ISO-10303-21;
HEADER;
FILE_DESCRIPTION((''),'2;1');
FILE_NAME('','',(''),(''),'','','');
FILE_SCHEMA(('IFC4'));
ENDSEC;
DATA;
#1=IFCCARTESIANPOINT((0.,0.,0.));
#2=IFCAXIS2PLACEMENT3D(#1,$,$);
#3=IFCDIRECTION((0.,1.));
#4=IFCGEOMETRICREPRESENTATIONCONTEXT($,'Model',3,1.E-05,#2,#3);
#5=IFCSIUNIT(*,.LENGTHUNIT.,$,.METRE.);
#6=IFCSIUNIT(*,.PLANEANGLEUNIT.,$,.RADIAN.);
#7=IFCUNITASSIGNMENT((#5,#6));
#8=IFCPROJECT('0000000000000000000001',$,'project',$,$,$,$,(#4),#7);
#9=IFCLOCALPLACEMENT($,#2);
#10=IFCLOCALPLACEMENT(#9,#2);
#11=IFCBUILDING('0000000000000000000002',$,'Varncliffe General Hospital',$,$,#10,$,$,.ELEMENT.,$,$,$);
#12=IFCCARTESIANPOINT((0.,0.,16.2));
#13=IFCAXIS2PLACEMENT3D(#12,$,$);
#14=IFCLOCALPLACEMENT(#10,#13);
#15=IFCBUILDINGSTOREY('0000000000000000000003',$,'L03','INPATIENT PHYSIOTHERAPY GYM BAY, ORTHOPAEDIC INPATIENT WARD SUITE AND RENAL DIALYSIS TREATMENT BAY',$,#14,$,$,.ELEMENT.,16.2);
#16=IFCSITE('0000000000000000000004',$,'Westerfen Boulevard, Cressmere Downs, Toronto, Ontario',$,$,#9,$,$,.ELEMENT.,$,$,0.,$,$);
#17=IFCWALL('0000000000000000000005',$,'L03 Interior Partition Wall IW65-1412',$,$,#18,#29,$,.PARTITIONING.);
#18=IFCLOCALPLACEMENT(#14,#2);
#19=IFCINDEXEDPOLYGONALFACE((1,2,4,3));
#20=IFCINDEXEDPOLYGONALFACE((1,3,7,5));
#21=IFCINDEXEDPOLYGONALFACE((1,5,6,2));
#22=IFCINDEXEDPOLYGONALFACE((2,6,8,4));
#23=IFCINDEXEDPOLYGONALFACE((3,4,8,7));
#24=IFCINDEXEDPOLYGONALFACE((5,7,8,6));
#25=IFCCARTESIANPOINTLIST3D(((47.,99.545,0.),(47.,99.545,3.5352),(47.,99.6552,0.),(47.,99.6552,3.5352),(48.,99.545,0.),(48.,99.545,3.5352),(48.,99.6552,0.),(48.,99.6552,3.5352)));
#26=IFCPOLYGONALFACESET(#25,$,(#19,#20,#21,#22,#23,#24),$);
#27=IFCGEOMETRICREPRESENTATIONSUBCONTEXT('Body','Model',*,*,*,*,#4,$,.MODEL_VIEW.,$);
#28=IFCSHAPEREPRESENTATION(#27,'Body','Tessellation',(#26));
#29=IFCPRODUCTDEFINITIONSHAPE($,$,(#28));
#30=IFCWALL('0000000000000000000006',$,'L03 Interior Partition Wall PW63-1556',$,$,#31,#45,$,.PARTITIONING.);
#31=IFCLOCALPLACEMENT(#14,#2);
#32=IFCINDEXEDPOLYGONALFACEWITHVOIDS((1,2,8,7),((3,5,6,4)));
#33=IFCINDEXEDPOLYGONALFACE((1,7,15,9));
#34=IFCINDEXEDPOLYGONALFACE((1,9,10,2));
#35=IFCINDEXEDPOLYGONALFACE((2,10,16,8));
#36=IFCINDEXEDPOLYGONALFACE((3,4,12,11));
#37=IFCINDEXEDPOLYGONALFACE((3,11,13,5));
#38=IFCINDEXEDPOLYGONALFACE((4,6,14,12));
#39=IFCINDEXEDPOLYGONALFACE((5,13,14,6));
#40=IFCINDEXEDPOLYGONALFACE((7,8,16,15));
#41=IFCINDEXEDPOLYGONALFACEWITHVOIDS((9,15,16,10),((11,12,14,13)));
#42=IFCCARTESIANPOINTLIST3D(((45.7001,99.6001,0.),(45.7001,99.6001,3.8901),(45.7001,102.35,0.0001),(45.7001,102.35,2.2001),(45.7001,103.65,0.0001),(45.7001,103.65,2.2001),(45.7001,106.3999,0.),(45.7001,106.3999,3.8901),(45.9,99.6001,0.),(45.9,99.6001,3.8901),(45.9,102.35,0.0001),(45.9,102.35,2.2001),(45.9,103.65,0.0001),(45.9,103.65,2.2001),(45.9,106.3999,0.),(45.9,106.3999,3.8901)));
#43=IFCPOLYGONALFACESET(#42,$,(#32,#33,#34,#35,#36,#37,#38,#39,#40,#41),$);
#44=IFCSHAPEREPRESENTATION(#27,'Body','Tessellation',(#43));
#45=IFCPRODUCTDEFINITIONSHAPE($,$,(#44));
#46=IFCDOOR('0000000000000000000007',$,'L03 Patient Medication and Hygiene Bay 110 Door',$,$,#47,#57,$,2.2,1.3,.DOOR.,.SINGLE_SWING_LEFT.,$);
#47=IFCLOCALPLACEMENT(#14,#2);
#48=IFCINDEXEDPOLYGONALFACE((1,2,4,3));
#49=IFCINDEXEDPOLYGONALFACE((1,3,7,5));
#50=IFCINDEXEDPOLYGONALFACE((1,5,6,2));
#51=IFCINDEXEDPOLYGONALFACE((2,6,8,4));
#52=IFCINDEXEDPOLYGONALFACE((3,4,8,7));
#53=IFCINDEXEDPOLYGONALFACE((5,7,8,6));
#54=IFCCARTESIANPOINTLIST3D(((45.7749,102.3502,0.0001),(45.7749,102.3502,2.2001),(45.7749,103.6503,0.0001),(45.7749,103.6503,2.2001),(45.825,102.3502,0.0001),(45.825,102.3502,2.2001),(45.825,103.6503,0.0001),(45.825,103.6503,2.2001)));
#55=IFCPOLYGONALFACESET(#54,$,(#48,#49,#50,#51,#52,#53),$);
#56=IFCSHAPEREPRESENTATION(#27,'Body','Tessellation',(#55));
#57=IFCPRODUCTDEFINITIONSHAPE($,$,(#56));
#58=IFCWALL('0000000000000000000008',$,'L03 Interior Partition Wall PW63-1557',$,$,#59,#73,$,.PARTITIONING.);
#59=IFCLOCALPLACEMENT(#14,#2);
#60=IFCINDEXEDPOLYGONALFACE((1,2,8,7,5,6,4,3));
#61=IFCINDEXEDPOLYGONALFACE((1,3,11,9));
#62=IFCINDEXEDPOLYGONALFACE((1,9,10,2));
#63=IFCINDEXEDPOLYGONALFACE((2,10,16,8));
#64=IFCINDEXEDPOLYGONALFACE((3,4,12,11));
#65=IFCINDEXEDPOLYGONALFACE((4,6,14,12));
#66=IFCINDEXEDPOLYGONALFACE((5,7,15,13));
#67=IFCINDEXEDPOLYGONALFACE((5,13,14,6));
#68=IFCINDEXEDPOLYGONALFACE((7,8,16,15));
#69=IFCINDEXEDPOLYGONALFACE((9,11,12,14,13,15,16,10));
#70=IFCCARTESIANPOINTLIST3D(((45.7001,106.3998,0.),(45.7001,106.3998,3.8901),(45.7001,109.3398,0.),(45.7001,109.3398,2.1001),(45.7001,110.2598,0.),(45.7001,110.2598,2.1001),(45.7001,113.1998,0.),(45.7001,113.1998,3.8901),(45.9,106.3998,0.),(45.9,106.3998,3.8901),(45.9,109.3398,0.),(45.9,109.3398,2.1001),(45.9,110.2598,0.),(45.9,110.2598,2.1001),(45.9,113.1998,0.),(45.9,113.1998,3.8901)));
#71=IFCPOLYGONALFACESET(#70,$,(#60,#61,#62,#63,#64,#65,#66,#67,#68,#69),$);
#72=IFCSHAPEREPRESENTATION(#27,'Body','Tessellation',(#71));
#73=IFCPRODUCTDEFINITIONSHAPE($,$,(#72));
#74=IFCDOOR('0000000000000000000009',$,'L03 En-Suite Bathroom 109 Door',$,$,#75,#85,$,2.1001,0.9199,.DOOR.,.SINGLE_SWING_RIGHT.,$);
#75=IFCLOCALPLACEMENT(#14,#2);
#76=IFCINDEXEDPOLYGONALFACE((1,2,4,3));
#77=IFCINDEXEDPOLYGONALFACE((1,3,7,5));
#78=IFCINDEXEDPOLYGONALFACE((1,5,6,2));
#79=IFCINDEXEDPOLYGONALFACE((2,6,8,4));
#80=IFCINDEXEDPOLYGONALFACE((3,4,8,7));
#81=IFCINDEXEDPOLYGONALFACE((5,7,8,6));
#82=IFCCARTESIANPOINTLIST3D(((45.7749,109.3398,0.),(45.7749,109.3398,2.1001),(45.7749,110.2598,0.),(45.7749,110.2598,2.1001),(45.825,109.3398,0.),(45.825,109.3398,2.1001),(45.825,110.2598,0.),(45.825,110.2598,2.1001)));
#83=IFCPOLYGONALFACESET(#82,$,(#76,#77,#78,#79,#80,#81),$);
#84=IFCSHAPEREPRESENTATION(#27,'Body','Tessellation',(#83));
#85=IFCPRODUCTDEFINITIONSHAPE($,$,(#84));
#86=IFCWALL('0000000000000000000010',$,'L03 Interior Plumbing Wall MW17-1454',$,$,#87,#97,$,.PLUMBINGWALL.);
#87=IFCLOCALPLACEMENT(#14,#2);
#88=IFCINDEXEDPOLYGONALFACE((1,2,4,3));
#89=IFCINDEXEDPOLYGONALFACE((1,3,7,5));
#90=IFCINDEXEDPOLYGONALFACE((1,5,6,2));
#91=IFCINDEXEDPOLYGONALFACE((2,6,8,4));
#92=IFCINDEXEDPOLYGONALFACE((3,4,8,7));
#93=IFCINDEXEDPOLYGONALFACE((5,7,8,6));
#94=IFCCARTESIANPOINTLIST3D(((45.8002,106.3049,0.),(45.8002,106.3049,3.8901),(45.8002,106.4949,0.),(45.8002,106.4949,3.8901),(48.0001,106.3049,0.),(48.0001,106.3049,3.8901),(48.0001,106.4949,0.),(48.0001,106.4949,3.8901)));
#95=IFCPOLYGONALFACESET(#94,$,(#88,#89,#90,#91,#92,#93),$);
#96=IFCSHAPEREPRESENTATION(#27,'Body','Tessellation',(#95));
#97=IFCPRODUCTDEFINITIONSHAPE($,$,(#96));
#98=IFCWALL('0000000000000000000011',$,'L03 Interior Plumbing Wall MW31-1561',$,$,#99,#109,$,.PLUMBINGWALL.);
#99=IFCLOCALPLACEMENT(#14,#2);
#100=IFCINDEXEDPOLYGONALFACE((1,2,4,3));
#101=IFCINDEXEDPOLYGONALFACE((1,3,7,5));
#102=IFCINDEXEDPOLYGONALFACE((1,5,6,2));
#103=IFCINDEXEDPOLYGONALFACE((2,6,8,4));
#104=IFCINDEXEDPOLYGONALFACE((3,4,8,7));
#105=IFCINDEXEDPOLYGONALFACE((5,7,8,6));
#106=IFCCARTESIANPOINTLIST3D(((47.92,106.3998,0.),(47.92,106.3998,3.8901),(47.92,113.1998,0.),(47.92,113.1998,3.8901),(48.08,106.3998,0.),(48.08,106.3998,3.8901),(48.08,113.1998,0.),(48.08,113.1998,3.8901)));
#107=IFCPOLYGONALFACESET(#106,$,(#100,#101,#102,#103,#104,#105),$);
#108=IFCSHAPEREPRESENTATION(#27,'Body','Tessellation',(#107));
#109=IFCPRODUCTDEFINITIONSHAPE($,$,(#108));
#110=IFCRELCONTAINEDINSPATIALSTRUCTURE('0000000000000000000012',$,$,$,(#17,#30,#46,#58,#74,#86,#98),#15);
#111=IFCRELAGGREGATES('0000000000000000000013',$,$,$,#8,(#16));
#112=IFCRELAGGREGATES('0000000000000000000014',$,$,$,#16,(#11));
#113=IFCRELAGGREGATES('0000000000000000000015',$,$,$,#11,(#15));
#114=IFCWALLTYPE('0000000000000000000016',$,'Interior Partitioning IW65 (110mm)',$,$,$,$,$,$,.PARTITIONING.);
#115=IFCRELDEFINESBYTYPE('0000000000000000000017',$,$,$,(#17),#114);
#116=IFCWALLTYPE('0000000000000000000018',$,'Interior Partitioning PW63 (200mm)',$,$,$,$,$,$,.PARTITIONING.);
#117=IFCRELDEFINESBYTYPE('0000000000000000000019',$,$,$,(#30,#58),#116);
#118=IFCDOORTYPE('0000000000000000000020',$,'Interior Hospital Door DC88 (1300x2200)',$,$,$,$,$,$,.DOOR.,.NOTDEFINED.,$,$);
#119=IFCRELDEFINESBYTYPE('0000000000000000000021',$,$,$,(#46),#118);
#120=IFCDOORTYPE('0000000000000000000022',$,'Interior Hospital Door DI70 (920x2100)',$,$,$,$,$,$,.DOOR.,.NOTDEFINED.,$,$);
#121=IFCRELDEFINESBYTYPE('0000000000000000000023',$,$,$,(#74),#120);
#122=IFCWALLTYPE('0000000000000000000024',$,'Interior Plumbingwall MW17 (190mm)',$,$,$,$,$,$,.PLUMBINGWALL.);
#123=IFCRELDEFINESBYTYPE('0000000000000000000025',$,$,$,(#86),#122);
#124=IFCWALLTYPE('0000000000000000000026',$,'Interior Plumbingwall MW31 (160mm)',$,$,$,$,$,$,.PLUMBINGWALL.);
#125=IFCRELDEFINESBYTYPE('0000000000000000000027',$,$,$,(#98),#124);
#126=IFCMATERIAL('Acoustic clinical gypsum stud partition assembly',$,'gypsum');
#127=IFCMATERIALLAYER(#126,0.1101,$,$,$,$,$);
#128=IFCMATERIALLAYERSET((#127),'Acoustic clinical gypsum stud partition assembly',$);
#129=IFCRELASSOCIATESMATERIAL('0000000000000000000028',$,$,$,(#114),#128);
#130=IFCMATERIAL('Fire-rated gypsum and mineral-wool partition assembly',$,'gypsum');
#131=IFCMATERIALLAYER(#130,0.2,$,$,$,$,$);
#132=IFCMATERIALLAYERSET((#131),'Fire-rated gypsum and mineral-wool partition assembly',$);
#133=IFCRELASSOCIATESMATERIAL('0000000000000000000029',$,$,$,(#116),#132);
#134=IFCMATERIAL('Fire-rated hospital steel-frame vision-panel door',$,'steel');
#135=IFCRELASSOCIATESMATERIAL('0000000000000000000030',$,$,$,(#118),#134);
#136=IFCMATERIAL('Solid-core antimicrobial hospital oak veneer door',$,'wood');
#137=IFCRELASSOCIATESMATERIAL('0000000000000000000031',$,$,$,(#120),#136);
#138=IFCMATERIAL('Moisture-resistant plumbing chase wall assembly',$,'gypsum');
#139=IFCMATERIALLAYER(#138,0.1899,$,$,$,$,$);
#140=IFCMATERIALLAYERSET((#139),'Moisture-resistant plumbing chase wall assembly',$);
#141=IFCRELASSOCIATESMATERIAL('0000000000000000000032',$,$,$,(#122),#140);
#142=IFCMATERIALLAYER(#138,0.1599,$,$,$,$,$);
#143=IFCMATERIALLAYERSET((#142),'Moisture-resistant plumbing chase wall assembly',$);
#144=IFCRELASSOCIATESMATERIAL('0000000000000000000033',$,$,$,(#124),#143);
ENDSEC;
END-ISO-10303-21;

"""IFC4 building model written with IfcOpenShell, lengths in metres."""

from ifc_helpers import new_model, si_unit, direction, frame, frame_2d, origin, place, context, subcontext, project, spatial, rectangle, extrude, material, layer, layer_set, type_object, element, fill, save


model = new_model("IFC4")

# Units and contexts
model_context = context("Model", 3, precision=1e-05, world=origin(), true_north=direction((0.0, 1.0)))
body_context = subcontext(model_context, "Body", "Model", "MODEL_VIEW")
ifc_project = project(units=[si_unit("LENGTHUNIT", "METRE"), si_unit("PLANEANGLEUNIT", "RADIAN")], contexts=[model_context])

# Site, building, storey
site_placement = place(None, origin())
site = spatial("IfcSite", under=ifc_project, at=site_placement, Name="Westerfen Boulevard, Cressmere Downs, Toronto, Ontario", CompositionType="ELEMENT", RefElevation=0.0)
building_placement = place(site_placement, origin())
building = spatial("IfcBuilding", under=site, at=building_placement, Name="Varncliffe General Hospital", CompositionType="ELEMENT")
storey_placement = place(building_placement, frame((0.0, 0.0, 16.2)))
storey = spatial("IfcBuildingStorey", under=building, at=storey_placement, Name="L03", Description="INPATIENT PHYSIOTHERAPY GYM BAY, ORTHOPAEDIC INPATIENT WARD SUITE AND RENAL DIALYSIS TREATMENT BAY", CompositionType="ELEMENT", Elevation=16.2)

# Wall
ifc_material_1 = material(Name="Acoustic clinical gypsum stud partition assembly", Category="gypsum")
ifc_layer_1 = layer(ifc_material_1, 0.1101)
ifc_layer_set_1 = layer_set([ifc_layer_1], Name="Acoustic clinical gypsum stud partition assembly")
wall_type_1 = type_object("IfcWallType", Name="Interior Partitioning IW65 (110mm)", PredefinedType="PARTITIONING", material=ifc_layer_set_1)
wall_1_placement = place(storey_placement, frame((47.0, 99.6001, 0.0), z_axis=(0.0, 0.0, 1.0), x_axis=(1.0, 0.0, 0.0)))
element("IfcWall", 1, at=wall_1_placement, inside=storey, type_object=wall_type_1, Name="L03 Interior Partition Wall IW65-1412", PredefinedType="PARTITIONING", context=body_context, shape_type="SweptSolid", body=[
    extrude(rectangle(XDim=1.0, YDim=0.1101, at=frame_2d((0.5, 0.0))), origin(), (0.0, 0.0, 1.0), 3.5352),
])

# Walls, openings, doors
ifc_material_2 = material(Name="Fire-rated gypsum and mineral-wool partition assembly", Category="gypsum")
ifc_layer_2 = layer(ifc_material_2, 0.2)
ifc_layer_set_2 = layer_set([ifc_layer_2], Name="Fire-rated gypsum and mineral-wool partition assembly")
wall_type_2 = type_object("IfcWallType", Name="Interior Partitioning PW63 (200mm)", PredefinedType="PARTITIONING", material=ifc_layer_set_2)
wall_2_placement = place(storey_placement, frame((45.8, 99.6001, 0.0), z_axis=(0.0, 0.0, 1.0), x_axis=(0.0, 1.0, 0.0)))
wall_2 = element("IfcWall", 2, at=wall_2_placement, inside=storey, type_object=wall_type_2, Name="L03 Interior Partition Wall PW63-1556", PredefinedType="PARTITIONING", context=body_context, shape_type="SweptSolid", body=[
    extrude(rectangle(XDim=6.7998, YDim=0.2, at=frame_2d((3.3999, 0.0))), origin(), (0.0, 0.0, 1.0), 3.8901),
])
opening_1_placement = place(wall_2_placement, frame((2.75, 0.0, 0.0)))
opening_1 = element("IfcOpeningElement", 3, at=opening_1_placement, cuts=wall_2, PredefinedType="OPENING", context=body_context, shape_type="SweptSolid", body=[
    extrude(rectangle(XDim=1.3, YDim=2.2, at=frame_2d((0.6499, 1.1001))), frame((0.0, 0.1099, 0.0), z_axis=(0.0, -1.0, 0.0), x_axis=(1.0, 0.0, 0.0)), (0.0, 0.0, 1.0), 0.22),
])
ifc_material_3 = material(Name="Fire-rated hospital steel-frame vision-panel door", Category="steel")
door_type_1 = type_object("IfcDoorType", Name="Interior Hospital Door DC88 (1300x2200)", OperationType="NOTDEFINED", PredefinedType="DOOR", material=ifc_material_3)
door_1_placement = place(opening_1_placement, frame((1.3, 0.0, 0.0), z_axis=(0.0, 0.0, 1.0), x_axis=(-1.0, 0.0, 0.0)))
door_1 = element("IfcDoor", 4, at=door_1_placement, inside=storey, type_object=door_type_1, Name="L03 Patient Medication and Hygiene Bay 110 Door", OperationType="SINGLE_SWING_LEFT", OverallHeight=2.2, OverallWidth=1.3, PredefinedType="DOOR", context=body_context, shape_type="SweptSolid", body=[
    extrude(rectangle(XDim=1.3, YDim=2.2, at=frame_2d((0.6499, 1.1001))), frame((0.0, 0.0249, 0.0), z_axis=(0.0, -1.0, 0.0), x_axis=(1.0, 0.0, 0.0)), (0.0, 0.0, 1.0), 0.05),
])
fill(opening_1, door_1)
wall_3_placement = place(storey_placement, frame((45.8, 106.3999, 0.0), z_axis=(0.0, 0.0, 1.0), x_axis=(0.0, 1.0, 0.0)))
wall_3 = element("IfcWall", 5, at=wall_3_placement, inside=storey, type_object=wall_type_2, Name="L03 Interior Partition Wall PW63-1557", PredefinedType="PARTITIONING", context=body_context, shape_type="SweptSolid", body=[
    extrude(rectangle(XDim=6.8, YDim=0.2, at=frame_2d((3.3999, 0.0))), origin(), (0.0, 0.0, 1.0), 3.8901),
])
opening_2_placement = place(wall_3_placement, frame((2.9399, 0.0, 0.0)))
opening_2 = element("IfcOpeningElement", 6, at=opening_2_placement, cuts=wall_3, PredefinedType="OPENING", context=body_context, shape_type="SweptSolid", body=[
    extrude(rectangle(XDim=0.9199, YDim=2.1001, at=frame_2d((0.46, 1.05))), frame((0.0, 0.1099, 0.0), z_axis=(0.0, -1.0, 0.0), x_axis=(1.0, 0.0, 0.0)), (0.0, 0.0, 1.0), 0.22),
])
ifc_material_4 = material(Name="Solid-core antimicrobial hospital oak veneer door", Category="wood")
door_type_2 = type_object("IfcDoorType", Name="Interior Hospital Door DI70 (920x2100)", OperationType="NOTDEFINED", PredefinedType="DOOR", material=ifc_material_4)
door_2_placement = place(opening_2_placement, frame((0.9199, 0.0, 0.0), z_axis=(0.0, 0.0, 1.0), x_axis=(-1.0, 0.0, 0.0)))
door_2 = element("IfcDoor", 7, at=door_2_placement, inside=storey, type_object=door_type_2, Name="L03 En-Suite Bathroom 109 Door", OperationType="SINGLE_SWING_RIGHT", OverallHeight=2.1001, OverallWidth=0.9199, PredefinedType="DOOR", context=body_context, shape_type="SweptSolid", body=[
    extrude(rectangle(XDim=0.9199, YDim=2.1001, at=frame_2d((0.46, 1.05))), frame((0.0, 0.0249, 0.0), z_axis=(0.0, -1.0, 0.0), x_axis=(1.0, 0.0, 0.0)), (0.0, 0.0, 1.0), 0.05),
])
fill(opening_2, door_2)

# Walls
ifc_material_5 = material(Name="Moisture-resistant plumbing chase wall assembly", Category="gypsum")
ifc_layer_3 = layer(ifc_material_5, 0.1899)
ifc_layer_set_3 = layer_set([ifc_layer_3], Name="Moisture-resistant plumbing chase wall assembly")
wall_type_3 = type_object("IfcWallType", Name="Interior Plumbingwall MW17 (190mm)", PredefinedType="PLUMBINGWALL", material=ifc_layer_set_3)
wall_4_placement = place(storey_placement, frame((45.8, 106.3999, 0.0), z_axis=(0.0, 0.0, 1.0), x_axis=(1.0, 0.0, 0.0)))
element("IfcWall", 8, at=wall_4_placement, inside=storey, type_object=wall_type_3, Name="L03 Interior Plumbing Wall MW17-1454", PredefinedType="PLUMBINGWALL", context=body_context, shape_type="SweptSolid", body=[
    extrude(rectangle(XDim=2.2, YDim=0.1899, at=frame_2d((1.1001, 0.0))), origin(), (0.0, 0.0, 1.0), 3.8901),
])
ifc_layer_4 = layer(ifc_material_5, 0.1599)
ifc_layer_set_4 = layer_set([ifc_layer_4], Name="Moisture-resistant plumbing chase wall assembly")
wall_type_4 = type_object("IfcWallType", Name="Interior Plumbingwall MW31 (160mm)", PredefinedType="PLUMBINGWALL", material=ifc_layer_set_4)
wall_5_placement = place(storey_placement, frame((48.0, 106.3999, 0.0), z_axis=(0.0, 0.0, 1.0), x_axis=(0.0, 1.0, 0.0)))
element("IfcWall", 9, at=wall_5_placement, inside=storey, type_object=wall_type_4, Name="L03 Interior Plumbing Wall MW31-1561", PredefinedType="PLUMBINGWALL", context=body_context, shape_type="SweptSolid", body=[
    extrude(rectangle(XDim=6.8, YDim=0.1599, at=frame_2d((3.3999, 0.0))), origin(), (0.0, 0.0, 1.0), 3.8901),
])

save(model, "model.ifc")
